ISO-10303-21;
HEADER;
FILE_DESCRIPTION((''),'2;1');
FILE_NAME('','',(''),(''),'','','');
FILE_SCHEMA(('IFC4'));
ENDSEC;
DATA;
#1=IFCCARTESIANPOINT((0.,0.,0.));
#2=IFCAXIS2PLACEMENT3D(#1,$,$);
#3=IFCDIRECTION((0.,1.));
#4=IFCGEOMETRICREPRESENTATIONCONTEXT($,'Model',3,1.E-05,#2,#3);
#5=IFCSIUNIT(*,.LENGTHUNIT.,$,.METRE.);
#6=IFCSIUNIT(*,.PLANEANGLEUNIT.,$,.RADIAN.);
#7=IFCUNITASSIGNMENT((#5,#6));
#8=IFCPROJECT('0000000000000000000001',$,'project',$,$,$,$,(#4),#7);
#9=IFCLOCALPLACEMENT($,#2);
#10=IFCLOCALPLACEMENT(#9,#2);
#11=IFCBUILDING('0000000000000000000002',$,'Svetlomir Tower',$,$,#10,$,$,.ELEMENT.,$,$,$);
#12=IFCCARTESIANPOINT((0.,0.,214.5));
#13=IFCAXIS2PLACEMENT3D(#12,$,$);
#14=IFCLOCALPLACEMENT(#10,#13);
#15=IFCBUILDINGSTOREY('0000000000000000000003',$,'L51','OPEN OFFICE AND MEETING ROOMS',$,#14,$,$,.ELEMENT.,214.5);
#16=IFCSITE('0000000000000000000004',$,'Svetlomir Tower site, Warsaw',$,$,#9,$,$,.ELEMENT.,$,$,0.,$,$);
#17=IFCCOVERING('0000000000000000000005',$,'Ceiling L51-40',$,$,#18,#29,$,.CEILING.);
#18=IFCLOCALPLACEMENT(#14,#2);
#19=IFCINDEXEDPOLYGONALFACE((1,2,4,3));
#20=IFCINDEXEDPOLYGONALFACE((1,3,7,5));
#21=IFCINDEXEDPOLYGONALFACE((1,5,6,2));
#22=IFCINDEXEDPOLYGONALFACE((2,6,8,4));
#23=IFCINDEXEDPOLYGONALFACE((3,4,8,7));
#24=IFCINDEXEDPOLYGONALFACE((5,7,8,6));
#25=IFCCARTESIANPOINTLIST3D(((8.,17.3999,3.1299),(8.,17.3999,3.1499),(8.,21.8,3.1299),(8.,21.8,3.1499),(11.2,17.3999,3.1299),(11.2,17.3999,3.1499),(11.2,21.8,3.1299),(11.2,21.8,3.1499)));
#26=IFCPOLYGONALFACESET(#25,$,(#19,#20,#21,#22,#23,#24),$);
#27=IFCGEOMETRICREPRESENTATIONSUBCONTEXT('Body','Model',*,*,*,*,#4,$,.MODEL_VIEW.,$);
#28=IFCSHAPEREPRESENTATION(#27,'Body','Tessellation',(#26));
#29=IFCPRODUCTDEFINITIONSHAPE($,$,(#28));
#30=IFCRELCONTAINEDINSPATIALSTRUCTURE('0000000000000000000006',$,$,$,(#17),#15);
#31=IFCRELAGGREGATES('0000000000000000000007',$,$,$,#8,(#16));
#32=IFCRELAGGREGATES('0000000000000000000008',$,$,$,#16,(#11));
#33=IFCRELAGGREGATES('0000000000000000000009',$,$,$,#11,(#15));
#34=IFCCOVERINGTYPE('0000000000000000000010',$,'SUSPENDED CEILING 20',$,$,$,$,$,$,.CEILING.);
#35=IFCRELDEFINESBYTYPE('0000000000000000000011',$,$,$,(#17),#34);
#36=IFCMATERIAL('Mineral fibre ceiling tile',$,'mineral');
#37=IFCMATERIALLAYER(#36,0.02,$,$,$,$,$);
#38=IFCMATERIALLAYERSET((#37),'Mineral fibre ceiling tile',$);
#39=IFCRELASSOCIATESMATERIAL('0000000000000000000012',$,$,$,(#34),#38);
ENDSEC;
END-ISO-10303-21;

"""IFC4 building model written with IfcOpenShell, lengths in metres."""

from ifc_helpers import new_model, si_unit, direction, frame, origin, place, context, subcontext, project, spatial, polyline, outline, extrude, material, layer, layer_set, type_object, element, save


model = new_model("IFC4")

# Units and contexts
model_context = context("Model", 3, precision=1e-05, world=origin(), true_north=direction((0.0, 1.0)))
body_context = subcontext(model_context, "Body", "Model", "MODEL_VIEW")
ifc_project = project(units=[si_unit("LENGTHUNIT", "METRE"), si_unit("PLANEANGLEUNIT", "RADIAN")], contexts=[model_context])

# Site, building, storey
site_placement = place(None, origin())
site = spatial("IfcSite", under=ifc_project, at=site_placement, Name="Svetlomir Tower site, Warsaw", CompositionType="ELEMENT", RefElevation=0.0)
building_placement = place(site_placement, origin())
building = spatial("IfcBuilding", under=site, at=building_placement, Name="Svetlomir Tower", CompositionType="ELEMENT")
storey_placement = place(building_placement, frame((0.0, 0.0, 214.5)))
storey = spatial("IfcBuildingStorey", under=building, at=storey_placement, Name="L51", Description="OPEN OFFICE AND MEETING ROOMS", CompositionType="ELEMENT", Elevation=214.5)

# Covering
ifc_material_1 = material(Name="Mineral fibre ceiling tile", Category="mineral")
ifc_layer_1 = layer(ifc_material_1, 0.02)
ifc_layer_set_1 = layer_set([ifc_layer_1], Name="Mineral fibre ceiling tile")
covering_type_1 = type_object("IfcCoveringType", Name="SUSPENDED CEILING 20", PredefinedType="CEILING", material=ifc_layer_set_1)
covering_1_placement = place(storey_placement, frame((0.0, 0.0, 3.1299)))
element("IfcCovering", 1, at=covering_1_placement, inside=storey, type_object=covering_type_1, Name="Ceiling L51-40", PredefinedType="CEILING", context=body_context, shape_type="SweptSolid", body=[
    extrude(outline(polyline([(8.0, 17.3999), (8.0, 21.8), (11.2, 21.8), (11.2, 17.3999), (8.0, 17.3999)])), origin(), (0.0, 0.0, 1.0), 0.02),
])

save(model, "model.ifc")
